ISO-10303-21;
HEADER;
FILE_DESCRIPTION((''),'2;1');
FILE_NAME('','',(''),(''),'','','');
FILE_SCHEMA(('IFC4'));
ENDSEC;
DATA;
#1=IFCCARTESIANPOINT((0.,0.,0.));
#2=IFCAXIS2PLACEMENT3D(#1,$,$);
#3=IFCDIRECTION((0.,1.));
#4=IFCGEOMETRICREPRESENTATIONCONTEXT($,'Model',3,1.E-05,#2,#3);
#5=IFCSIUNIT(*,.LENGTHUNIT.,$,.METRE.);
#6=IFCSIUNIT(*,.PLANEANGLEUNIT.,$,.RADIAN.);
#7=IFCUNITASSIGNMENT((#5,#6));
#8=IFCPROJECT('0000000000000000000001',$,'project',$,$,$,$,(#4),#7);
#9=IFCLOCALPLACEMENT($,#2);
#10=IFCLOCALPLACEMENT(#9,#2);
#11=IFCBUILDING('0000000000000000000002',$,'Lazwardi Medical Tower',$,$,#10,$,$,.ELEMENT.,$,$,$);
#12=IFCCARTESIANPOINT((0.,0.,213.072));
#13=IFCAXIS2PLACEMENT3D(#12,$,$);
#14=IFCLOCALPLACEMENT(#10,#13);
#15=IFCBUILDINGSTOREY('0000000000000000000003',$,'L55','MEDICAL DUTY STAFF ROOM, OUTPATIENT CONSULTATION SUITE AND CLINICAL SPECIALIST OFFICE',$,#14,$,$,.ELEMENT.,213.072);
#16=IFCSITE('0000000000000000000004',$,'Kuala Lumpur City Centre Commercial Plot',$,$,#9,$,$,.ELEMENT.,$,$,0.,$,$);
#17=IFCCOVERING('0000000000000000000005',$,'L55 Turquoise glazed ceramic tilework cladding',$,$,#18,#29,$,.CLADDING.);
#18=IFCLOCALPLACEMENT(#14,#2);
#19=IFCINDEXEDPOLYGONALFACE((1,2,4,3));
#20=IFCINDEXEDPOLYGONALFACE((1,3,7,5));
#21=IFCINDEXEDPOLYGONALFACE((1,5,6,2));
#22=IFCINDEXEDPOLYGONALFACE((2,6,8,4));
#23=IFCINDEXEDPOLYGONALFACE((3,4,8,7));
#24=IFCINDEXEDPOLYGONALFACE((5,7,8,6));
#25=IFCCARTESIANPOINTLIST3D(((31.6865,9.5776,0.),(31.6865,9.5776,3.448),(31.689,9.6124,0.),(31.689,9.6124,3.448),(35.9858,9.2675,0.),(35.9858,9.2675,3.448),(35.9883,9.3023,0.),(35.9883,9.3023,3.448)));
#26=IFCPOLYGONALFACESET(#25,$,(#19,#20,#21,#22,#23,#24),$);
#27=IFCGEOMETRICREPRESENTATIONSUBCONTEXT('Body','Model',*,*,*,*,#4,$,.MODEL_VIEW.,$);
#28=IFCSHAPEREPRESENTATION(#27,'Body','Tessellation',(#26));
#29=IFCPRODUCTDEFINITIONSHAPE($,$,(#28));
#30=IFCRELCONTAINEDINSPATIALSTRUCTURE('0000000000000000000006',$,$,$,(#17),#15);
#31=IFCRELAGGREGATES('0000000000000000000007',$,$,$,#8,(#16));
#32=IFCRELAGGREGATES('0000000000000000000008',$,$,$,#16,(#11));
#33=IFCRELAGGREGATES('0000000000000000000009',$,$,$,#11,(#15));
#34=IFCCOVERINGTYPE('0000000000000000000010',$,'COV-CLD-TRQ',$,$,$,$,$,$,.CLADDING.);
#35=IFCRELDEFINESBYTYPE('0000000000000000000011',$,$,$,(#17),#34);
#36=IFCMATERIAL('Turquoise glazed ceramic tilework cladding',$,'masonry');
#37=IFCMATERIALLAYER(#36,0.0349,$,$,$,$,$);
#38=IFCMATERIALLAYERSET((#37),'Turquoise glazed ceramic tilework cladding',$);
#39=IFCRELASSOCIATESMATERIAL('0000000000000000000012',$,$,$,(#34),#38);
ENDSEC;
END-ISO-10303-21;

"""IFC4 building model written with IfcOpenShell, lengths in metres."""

from ifc_helpers import new_model, si_unit, direction, frame, origin, origin_2d, place, context, subcontext, project, spatial, rectangle, extrude, material, layer, layer_set, type_object, element, save


model = new_model("IFC4")

# Units and contexts
model_context = context("Model", 3, precision=1e-05, world=origin(), true_north=direction((0.0, 1.0)))
body_context = subcontext(model_context, "Body", "Model", "MODEL_VIEW")
ifc_project = project(units=[si_unit("LENGTHUNIT", "METRE"), si_unit("PLANEANGLEUNIT", "RADIAN")], contexts=[model_context])

# Site, building, storey
site_placement = place(None, origin())
site = spatial("IfcSite", under=ifc_project, at=site_placement, Name="Kuala Lumpur City Centre Commercial Plot", CompositionType="ELEMENT", RefElevation=0.0)
building_placement = place(site_placement, origin())
building = spatial("IfcBuilding", under=site, at=building_placement, Name="Lazwardi Medical Tower", CompositionType="ELEMENT")
storey_placement = place(building_placement, frame((0.0, 0.0, 213.072)))
storey = spatial("IfcBuildingStorey", under=building, at=storey_placement, Name="L55", Description="MEDICAL DUTY STAFF ROOM, OUTPATIENT CONSULTATION SUITE AND CLINICAL SPECIALIST OFFICE", CompositionType="ELEMENT", Elevation=213.072)

# Covering
ifc_material_1 = material(Name="Turquoise glazed ceramic tilework cladding", Category="masonry")
ifc_layer_1 = layer(ifc_material_1, 0.0349)
ifc_layer_set_1 = layer_set([ifc_layer_1], Name="Turquoise glazed ceramic tilework cladding")
covering_type_1 = type_object("IfcCoveringType", Name="COV-CLD-TRQ", PredefinedType="CLADDING", material=ifc_layer_set_1)
covering_1_placement = place(storey_placement, frame((33.8374, 9.4399, 0.0), z_axis=(0.0, 0.0, 1.0), x_axis=(0.997409, -0.07194, 0.0)))
element("IfcCovering", 1, at=covering_1_placement, inside=storey, type_object=covering_type_1, Name="L55 Turquoise glazed ceramic tilework cladding", PredefinedType="CLADDING", context=body_context, shape_type="SweptSolid", body=[
    extrude(rectangle(XDim=4.3105, YDim=0.0349, at=origin_2d()), origin(), (0.0, 0.0, 1.0), 3.448),
])

save(model, "model.ifc")
